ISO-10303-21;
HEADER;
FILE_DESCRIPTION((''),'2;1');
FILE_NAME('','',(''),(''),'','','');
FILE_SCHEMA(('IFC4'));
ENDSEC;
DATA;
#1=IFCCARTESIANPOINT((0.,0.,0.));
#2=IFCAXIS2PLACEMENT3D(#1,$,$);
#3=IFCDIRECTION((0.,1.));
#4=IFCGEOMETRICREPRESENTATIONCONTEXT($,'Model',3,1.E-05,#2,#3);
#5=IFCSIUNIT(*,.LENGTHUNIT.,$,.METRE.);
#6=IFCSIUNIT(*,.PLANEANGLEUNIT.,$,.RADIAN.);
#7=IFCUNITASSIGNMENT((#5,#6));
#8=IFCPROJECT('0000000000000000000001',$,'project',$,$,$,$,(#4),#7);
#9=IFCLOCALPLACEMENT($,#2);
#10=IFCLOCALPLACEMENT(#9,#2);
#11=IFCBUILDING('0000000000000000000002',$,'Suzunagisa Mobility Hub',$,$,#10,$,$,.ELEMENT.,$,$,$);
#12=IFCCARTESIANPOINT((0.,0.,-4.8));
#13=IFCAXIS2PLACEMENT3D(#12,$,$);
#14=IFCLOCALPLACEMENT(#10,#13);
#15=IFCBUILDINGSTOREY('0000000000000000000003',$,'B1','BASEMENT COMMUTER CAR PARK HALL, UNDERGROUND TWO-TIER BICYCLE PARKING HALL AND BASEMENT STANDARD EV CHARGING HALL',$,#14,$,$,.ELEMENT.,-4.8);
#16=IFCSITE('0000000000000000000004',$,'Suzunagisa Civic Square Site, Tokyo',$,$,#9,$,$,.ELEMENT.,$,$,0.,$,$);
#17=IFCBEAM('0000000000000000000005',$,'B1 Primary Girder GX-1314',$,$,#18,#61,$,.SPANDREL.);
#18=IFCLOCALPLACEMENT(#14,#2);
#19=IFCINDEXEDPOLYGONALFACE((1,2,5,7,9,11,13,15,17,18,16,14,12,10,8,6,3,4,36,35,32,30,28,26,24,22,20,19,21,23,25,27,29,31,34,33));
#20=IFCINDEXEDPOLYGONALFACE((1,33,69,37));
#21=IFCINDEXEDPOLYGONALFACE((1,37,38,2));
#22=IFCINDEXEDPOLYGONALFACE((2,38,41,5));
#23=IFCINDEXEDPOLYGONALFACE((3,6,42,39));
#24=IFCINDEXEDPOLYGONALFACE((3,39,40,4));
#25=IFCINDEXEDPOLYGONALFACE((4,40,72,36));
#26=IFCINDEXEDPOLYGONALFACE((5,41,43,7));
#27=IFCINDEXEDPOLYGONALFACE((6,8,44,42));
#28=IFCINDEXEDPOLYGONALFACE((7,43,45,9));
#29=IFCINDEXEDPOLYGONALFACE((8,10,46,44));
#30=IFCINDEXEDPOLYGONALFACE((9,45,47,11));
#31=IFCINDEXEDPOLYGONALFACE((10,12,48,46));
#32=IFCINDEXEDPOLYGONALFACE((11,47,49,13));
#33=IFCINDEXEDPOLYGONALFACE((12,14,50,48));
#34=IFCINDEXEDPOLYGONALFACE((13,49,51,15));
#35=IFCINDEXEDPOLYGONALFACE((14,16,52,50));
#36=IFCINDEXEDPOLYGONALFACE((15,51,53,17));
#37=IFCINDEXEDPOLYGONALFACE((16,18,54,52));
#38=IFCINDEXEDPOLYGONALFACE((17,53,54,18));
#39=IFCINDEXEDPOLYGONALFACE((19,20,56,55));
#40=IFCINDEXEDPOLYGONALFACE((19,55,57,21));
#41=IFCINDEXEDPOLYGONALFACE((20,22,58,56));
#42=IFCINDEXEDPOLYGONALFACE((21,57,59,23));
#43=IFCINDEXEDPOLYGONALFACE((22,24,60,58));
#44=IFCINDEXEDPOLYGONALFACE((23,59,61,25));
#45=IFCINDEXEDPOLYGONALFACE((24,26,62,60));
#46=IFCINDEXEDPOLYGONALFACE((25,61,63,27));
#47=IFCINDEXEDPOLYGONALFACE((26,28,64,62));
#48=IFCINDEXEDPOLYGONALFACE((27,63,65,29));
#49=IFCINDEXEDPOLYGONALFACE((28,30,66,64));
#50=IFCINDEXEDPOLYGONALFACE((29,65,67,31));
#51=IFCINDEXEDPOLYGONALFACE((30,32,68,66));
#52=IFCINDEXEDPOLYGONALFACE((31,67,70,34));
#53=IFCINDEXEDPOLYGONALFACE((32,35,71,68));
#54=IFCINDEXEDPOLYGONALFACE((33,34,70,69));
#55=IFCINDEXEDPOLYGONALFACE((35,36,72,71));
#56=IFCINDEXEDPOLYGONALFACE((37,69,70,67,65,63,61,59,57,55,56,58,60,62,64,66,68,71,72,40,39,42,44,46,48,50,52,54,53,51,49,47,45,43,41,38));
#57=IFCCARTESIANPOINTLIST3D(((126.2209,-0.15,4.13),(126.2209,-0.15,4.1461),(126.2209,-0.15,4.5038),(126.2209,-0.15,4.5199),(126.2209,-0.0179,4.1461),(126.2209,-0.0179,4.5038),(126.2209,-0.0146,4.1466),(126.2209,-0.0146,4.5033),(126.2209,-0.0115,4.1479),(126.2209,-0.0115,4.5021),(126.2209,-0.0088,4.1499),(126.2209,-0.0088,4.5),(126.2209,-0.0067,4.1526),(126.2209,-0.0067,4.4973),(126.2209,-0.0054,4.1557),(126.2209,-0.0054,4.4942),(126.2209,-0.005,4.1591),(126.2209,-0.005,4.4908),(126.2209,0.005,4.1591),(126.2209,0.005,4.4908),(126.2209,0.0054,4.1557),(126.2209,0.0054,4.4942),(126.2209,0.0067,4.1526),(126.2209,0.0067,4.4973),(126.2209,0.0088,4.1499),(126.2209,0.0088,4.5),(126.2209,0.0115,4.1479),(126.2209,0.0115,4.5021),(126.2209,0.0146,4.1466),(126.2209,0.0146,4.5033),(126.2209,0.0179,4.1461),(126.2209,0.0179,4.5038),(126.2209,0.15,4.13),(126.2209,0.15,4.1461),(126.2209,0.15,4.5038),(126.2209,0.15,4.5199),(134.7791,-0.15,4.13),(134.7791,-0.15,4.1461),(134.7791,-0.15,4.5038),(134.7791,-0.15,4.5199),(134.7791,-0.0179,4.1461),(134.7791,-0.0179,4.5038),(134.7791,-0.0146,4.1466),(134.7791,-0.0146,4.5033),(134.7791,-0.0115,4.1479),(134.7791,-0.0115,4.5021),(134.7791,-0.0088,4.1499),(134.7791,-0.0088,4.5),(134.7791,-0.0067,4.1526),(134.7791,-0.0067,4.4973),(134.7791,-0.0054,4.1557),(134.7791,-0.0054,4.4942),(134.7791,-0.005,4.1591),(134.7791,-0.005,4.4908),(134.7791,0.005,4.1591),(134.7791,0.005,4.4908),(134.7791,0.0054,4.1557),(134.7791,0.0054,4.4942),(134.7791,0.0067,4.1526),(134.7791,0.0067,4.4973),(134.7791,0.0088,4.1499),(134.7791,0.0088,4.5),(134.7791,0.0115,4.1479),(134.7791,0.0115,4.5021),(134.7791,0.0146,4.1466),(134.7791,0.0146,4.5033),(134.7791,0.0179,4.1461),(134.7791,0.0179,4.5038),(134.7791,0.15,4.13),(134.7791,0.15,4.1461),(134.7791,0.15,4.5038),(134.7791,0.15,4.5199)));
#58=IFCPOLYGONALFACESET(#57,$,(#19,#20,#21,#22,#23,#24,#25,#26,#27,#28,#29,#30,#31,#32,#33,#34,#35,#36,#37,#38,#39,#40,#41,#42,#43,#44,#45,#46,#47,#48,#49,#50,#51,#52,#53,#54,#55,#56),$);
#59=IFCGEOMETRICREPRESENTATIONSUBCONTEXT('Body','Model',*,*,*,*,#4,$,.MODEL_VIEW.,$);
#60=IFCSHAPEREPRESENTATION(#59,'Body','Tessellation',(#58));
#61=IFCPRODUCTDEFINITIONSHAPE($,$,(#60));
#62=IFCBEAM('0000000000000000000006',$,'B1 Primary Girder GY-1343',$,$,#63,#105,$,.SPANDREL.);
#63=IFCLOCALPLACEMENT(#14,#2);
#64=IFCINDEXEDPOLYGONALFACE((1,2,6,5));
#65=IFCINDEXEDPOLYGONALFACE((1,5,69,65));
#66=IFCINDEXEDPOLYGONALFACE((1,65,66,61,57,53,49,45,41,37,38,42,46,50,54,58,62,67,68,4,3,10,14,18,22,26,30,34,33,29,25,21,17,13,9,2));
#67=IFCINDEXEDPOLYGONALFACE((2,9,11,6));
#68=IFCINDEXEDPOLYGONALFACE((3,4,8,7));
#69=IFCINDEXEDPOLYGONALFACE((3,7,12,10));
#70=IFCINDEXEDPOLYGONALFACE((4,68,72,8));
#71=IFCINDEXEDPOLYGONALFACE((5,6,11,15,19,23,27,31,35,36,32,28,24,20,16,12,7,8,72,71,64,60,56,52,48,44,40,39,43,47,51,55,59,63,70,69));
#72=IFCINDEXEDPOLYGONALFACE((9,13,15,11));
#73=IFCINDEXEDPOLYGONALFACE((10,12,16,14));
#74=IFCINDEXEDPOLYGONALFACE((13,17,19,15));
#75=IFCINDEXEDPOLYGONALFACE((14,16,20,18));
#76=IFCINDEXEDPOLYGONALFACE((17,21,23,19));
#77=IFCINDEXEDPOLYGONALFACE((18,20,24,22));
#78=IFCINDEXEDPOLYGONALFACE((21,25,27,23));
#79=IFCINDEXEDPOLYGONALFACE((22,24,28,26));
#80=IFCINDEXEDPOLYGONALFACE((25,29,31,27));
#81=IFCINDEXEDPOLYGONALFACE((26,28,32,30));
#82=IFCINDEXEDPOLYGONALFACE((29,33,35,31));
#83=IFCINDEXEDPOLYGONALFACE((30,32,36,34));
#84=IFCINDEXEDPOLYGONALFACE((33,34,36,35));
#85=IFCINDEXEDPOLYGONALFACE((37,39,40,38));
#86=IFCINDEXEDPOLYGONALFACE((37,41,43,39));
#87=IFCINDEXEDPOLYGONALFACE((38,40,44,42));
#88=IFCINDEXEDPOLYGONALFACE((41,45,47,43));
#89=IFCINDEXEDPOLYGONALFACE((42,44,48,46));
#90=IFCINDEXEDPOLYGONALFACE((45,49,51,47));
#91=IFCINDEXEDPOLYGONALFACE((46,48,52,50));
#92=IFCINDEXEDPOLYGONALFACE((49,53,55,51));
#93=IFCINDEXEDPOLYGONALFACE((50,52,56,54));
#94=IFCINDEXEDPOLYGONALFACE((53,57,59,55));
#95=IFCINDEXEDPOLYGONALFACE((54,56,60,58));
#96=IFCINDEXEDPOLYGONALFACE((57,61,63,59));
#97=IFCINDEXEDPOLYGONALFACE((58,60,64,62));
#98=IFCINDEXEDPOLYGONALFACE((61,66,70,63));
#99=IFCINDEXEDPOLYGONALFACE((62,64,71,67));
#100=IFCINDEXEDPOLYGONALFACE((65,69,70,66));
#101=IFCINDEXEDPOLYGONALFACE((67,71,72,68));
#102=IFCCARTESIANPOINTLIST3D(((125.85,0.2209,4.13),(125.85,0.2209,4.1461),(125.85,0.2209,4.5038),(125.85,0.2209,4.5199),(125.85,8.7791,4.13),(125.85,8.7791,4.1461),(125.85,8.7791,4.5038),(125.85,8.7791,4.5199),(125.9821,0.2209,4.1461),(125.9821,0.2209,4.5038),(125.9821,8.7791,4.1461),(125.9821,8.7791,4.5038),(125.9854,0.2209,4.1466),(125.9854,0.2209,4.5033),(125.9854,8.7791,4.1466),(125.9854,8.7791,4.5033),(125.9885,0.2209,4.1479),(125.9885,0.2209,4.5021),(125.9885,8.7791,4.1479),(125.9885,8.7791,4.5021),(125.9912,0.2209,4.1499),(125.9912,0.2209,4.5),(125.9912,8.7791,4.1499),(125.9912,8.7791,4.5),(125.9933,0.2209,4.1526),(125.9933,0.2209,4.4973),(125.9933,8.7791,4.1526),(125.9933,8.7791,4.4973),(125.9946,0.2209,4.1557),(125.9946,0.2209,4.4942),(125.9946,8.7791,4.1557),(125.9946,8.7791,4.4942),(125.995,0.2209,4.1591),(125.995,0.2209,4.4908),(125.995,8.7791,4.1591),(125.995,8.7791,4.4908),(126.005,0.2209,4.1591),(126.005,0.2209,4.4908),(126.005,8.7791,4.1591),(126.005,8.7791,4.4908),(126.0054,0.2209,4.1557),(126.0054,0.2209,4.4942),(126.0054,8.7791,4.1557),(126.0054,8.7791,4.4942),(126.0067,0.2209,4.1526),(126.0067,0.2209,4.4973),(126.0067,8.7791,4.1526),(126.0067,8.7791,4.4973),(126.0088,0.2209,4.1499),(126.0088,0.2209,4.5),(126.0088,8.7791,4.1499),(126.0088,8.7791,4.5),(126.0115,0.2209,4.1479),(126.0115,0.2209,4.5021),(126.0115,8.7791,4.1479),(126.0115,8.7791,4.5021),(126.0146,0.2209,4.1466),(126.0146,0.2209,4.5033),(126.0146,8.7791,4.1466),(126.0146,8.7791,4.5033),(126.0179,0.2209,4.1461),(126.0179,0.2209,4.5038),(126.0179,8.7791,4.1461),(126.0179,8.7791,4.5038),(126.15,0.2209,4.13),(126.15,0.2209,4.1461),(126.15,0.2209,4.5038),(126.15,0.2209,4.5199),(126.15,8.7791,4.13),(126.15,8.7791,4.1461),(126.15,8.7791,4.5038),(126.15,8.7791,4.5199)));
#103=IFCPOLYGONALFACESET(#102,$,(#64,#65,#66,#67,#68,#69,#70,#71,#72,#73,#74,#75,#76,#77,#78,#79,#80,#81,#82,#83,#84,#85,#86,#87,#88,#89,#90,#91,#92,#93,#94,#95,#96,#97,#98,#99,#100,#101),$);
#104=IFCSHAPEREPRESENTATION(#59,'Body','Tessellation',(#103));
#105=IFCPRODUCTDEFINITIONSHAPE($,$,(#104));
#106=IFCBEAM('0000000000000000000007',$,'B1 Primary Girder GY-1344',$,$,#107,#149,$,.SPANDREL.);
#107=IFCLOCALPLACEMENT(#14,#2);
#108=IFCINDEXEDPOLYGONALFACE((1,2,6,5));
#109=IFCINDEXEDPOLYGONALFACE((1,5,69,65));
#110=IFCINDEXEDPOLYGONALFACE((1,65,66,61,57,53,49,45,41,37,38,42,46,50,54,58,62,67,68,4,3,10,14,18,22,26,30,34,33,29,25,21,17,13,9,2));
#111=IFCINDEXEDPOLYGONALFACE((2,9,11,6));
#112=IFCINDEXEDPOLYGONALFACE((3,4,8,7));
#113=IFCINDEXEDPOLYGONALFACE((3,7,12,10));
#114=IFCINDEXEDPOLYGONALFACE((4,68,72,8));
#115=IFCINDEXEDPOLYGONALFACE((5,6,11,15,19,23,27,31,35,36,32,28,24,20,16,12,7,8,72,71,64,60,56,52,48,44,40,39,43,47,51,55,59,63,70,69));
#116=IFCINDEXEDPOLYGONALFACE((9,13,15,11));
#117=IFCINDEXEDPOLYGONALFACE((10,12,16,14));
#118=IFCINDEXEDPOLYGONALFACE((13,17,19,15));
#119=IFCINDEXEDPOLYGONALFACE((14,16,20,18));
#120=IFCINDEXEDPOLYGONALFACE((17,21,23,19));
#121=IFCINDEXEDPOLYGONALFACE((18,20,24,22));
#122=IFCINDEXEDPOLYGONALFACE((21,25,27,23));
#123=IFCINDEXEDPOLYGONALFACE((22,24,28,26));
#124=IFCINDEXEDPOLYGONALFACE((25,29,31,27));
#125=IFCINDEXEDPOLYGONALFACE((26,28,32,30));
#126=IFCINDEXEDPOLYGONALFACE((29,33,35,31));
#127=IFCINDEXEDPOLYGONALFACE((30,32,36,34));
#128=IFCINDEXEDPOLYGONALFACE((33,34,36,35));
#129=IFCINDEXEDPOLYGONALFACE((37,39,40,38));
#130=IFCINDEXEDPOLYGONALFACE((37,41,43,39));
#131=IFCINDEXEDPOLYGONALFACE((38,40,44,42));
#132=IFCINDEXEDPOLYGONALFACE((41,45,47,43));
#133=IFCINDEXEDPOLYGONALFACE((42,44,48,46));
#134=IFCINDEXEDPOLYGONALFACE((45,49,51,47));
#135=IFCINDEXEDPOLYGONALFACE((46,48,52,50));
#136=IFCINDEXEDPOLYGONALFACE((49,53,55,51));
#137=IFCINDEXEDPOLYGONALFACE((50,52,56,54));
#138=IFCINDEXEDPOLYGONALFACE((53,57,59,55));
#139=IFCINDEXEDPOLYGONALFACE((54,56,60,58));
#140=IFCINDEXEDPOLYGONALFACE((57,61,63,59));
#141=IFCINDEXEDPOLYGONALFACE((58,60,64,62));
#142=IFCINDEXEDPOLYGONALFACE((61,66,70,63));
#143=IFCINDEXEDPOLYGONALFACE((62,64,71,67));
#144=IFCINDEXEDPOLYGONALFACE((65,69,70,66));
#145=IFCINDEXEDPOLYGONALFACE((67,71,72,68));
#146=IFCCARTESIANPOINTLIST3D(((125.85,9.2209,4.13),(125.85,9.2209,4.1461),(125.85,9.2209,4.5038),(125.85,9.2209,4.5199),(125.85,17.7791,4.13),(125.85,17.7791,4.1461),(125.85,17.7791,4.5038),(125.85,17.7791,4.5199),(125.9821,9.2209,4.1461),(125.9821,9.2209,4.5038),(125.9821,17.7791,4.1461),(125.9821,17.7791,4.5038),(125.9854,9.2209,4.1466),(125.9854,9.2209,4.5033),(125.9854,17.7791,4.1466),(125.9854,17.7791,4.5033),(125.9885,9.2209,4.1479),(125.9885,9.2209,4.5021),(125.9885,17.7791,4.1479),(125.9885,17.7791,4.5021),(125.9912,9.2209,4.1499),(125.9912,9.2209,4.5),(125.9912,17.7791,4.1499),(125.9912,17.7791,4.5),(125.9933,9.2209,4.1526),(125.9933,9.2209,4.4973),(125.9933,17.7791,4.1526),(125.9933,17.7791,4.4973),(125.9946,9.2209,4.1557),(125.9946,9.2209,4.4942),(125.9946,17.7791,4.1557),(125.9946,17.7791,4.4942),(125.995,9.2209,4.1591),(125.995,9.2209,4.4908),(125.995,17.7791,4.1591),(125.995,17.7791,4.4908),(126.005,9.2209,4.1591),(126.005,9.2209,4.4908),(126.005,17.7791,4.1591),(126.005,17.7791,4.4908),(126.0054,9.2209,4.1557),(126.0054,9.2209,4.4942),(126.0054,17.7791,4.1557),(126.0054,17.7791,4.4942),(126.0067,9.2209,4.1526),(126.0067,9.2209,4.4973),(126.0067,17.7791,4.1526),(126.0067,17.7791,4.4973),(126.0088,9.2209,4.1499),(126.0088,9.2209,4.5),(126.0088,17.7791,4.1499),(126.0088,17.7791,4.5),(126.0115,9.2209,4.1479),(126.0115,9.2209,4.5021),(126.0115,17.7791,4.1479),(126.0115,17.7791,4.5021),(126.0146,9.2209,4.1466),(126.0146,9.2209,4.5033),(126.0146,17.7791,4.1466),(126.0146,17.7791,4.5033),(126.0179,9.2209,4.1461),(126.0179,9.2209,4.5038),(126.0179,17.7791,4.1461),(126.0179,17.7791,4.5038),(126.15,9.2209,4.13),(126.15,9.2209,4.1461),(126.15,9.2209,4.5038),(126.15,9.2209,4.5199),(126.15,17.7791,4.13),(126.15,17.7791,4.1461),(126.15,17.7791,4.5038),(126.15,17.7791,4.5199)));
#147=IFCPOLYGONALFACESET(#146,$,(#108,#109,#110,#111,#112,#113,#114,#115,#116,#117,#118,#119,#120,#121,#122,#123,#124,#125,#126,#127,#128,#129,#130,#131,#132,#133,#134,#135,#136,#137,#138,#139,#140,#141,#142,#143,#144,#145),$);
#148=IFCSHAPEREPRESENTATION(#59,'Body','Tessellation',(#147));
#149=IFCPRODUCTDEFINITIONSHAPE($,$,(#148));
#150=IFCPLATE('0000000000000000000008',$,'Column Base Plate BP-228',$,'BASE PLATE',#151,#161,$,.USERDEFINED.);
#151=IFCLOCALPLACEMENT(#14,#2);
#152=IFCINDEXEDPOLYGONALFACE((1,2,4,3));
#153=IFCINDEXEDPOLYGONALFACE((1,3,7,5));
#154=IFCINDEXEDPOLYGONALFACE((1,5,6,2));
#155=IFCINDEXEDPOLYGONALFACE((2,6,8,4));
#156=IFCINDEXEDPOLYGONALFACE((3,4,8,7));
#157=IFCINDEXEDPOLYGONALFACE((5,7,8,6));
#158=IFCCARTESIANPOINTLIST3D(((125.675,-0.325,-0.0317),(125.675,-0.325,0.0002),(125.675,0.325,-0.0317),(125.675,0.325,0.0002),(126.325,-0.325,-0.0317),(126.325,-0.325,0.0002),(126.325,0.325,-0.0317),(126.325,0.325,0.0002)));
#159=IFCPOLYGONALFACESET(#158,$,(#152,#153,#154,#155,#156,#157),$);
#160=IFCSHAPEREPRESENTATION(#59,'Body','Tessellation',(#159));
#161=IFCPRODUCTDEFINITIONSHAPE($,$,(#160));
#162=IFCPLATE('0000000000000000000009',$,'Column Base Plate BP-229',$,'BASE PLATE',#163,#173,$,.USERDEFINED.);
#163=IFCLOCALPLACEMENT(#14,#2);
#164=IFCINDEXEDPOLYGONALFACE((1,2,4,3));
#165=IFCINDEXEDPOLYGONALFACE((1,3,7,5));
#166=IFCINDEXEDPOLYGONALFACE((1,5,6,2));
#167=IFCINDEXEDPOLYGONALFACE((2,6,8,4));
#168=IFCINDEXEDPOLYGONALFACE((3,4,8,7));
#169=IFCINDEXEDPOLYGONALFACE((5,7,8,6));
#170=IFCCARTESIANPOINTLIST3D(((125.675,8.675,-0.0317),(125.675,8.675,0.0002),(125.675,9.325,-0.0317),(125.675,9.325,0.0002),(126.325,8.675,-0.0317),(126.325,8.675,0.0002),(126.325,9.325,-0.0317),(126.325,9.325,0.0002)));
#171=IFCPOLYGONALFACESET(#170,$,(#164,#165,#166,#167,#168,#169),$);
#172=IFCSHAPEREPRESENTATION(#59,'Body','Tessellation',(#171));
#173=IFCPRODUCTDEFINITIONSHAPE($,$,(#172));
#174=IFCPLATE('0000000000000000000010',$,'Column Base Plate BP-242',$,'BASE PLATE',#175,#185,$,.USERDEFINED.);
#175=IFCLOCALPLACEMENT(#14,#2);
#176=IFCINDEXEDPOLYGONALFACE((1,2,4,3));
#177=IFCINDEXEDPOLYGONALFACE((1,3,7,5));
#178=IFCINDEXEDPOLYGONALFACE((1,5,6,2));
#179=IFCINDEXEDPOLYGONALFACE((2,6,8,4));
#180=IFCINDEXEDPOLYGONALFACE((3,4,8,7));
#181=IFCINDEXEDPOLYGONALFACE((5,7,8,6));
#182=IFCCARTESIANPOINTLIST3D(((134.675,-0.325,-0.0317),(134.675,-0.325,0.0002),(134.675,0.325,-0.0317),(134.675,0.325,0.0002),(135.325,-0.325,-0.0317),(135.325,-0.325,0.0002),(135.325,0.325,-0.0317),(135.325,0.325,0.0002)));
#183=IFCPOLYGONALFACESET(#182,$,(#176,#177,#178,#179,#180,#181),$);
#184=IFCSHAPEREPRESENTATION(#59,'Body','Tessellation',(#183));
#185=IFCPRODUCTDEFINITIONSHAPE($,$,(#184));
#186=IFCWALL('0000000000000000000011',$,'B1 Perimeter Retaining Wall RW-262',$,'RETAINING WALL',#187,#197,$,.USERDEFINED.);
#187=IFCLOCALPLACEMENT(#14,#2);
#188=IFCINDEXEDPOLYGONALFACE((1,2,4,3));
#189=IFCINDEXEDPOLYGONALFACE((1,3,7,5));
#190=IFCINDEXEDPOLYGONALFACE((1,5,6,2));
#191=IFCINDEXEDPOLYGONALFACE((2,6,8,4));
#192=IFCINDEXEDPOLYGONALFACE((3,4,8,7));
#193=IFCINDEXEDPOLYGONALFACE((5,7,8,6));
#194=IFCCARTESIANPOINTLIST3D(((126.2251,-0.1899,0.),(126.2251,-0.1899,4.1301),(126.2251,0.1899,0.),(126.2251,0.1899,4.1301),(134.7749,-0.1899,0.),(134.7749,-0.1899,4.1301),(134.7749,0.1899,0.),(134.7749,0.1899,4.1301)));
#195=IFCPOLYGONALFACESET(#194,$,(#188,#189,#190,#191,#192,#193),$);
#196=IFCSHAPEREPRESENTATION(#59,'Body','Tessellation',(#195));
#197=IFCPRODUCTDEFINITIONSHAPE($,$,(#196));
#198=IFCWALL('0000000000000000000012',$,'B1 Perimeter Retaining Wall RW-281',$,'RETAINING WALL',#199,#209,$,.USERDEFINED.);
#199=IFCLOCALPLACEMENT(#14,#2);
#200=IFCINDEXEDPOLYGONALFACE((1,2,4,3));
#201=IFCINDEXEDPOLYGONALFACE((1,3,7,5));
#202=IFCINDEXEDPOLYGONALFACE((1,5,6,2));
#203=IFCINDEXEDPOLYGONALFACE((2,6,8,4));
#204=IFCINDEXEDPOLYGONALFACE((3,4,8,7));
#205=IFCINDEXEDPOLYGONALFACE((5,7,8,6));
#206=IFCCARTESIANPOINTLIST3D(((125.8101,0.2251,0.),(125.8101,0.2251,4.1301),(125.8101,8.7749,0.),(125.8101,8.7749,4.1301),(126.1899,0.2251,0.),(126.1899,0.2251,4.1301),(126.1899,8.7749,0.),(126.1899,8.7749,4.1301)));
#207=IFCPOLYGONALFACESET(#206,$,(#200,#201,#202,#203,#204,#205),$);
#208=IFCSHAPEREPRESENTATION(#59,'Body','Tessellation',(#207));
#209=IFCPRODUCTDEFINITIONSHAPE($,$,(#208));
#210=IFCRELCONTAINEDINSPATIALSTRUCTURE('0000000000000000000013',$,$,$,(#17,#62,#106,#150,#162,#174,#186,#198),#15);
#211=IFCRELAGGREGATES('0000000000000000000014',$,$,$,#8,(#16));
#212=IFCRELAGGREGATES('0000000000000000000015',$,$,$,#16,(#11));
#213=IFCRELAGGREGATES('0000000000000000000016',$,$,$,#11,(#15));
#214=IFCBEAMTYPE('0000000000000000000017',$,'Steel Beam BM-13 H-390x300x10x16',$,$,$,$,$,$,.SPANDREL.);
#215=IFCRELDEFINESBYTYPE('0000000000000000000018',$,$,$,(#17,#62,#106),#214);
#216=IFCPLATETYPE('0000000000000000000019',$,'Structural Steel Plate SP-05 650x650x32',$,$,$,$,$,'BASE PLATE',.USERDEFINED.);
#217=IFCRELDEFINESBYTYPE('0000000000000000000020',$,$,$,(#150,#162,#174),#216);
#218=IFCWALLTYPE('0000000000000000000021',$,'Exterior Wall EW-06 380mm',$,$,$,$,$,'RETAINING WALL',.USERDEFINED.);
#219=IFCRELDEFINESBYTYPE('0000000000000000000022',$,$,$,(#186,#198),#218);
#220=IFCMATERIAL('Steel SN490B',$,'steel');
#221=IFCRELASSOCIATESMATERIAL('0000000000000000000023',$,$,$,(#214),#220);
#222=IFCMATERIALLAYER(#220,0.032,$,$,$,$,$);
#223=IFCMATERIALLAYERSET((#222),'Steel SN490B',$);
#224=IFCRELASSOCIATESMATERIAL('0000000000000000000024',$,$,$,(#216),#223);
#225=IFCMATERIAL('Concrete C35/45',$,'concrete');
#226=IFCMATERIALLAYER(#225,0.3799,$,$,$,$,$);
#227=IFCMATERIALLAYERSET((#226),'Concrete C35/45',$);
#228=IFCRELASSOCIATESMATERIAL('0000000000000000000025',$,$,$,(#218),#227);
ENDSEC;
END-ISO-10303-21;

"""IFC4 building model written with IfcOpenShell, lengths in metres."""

from ifc_helpers import new_model, si_unit, direction, frame, frame_2d, origin, origin_2d, place, context, subcontext, project, spatial, rectangle, i_section, extrude, material, layer, layer_set, material_profile, profile_set, type_object, element, save


model = new_model("IFC4")

# Units and contexts
model_context = context("Model", 3, precision=1e-05, world=origin(), true_north=direction((0.0, 1.0)))
body_context = subcontext(model_context, "Body", "Model", "MODEL_VIEW")
ifc_project = project(units=[si_unit("LENGTHUNIT", "METRE"), si_unit("PLANEANGLEUNIT", "RADIAN")], contexts=[model_context])

# Site, building, storey
site_placement = place(None, origin())
site = spatial("IfcSite", under=ifc_project, at=site_placement, Name="Suzunagisa Civic Square Site, Tokyo", CompositionType="ELEMENT", RefElevation=0.0)
building_placement = place(site_placement, origin())
building = spatial("IfcBuilding", under=site, at=building_placement, Name="Suzunagisa Mobility Hub", CompositionType="ELEMENT")
storey_placement = place(building_placement, frame((0.0, 0.0, -4.8)))
storey = spatial("IfcBuildingStorey", under=building, at=storey_placement, Name="B1", Description="BASEMENT COMMUTER CAR PARK HALL, UNDERGROUND TWO-TIER BICYCLE PARKING HALL AND BASEMENT STANDARD EV CHARGING HALL", CompositionType="ELEMENT", Elevation=-4.8)

# Shared definitions
ifc_material_1 = material(Name="Concrete C35/45", Category="concrete")

# Shared definitions
ifc_material_2 = material(Name="Steel SN490B", Category="steel")

# Beams
ifc_material_profile_1 = material_profile(ifc_material_2, i_section(OverallWidth=0.3, OverallDepth=0.3899, WebThickness=0.01, FlangeThickness=0.0161, FilletRadius=0.0129, at=origin_2d()), Name="H-390x300x10x16")
ifc_profile_set_1 = profile_set([ifc_material_profile_1], Name="Steel SN490B")
beam_type_1 = type_object("IfcBeamType", Name="Steel Beam BM-13 H-390x300x10x16", PredefinedType="SPANDREL", material=ifc_profile_set_1)
for number, where, z_axis, x_axis, name in (
    (1, (126.2209, 0.0, 4.325), (1.0, 0.0, 0.0), (0.0, 1.0, 0.0), "B1 Primary Girder GX-1314"),
    (2, (126.0, 0.2209, 4.325), (0.0, 1.0, 0.0), (-1.0, 0.0, 0.0), "B1 Primary Girder GY-1343"),
    (3, (126.0, 9.2209, 4.325), (0.0, 1.0, 0.0), (-1.0, 0.0, 0.0), "B1 Primary Girder GY-1344"),
):
    element("IfcBeam", number, at=place(storey_placement, frame(where, z_axis=z_axis, x_axis=x_axis)), inside=storey, type_object=beam_type_1, Name=name, PredefinedType="SPANDREL", context=body_context, shape_type="SweptSolid", body=[
        extrude(i_section(OverallWidth=0.3, OverallDepth=0.3899, WebThickness=0.01, FlangeThickness=0.0161, FilletRadius=0.0129, at=origin_2d()), origin(), (0.0, 0.0, 1.0), 8.5581),
    ])

# Plates
ifc_layer_1 = layer(ifc_material_2, 0.032)
ifc_layer_set_1 = layer_set([ifc_layer_1], Name="Steel SN490B")
plate_type = type_object("IfcPlateType", Name="Structural Steel Plate SP-05 650x650x32", ElementType="BASE PLATE", PredefinedType="USERDEFINED", material=ifc_layer_set_1)
for number, where, z_axis, x_axis, name in (
    (4, (126.0, 0.0, -0.0317), (0.0, 0.0, 1.0), (1.0, 0.0, 0.0), "Column Base Plate BP-228"),
    (5, (126.0, 9.0, -0.0317), (0.0, 0.0, 1.0), (1.0, 0.0, 0.0), "Column Base Plate BP-229"),
    (6, (135.0, 0.0, -0.0317), (0.0, 0.0, 1.0), (1.0, 0.0, 0.0), "Column Base Plate BP-242"),
):
    element("IfcPlate", number, at=place(storey_placement, frame(where, z_axis=z_axis, x_axis=x_axis)), inside=storey, type_object=plate_type, Name=name, ObjectType="BASE PLATE", PredefinedType="USERDEFINED", context=body_context, shape_type="SweptSolid", body=[
        extrude(rectangle(XDim=0.6499, YDim=0.6499, at=origin_2d()), origin(), (0.0, 0.0, 1.0), 0.032),
    ])

# Walls
ifc_layer_2 = layer(ifc_material_1, 0.3799)
ifc_layer_set_2 = layer_set([ifc_layer_2], Name="Concrete C35/45")
wall_type = type_object("IfcWallType", Name="Exterior Wall EW-06 380mm", ElementType="RETAINING WALL", PredefinedType="USERDEFINED", material=ifc_layer_set_2)
for number, where, z_axis, x_axis, name in (
    (7, (126.2251, 0.0, 0.0), (0.0, 0.0, 1.0), (1.0, 0.0, 0.0), "B1 Perimeter Retaining Wall RW-262"),
    (8, (126.0, 8.7749, 0.0), (0.0, 0.0, 1.0), (0.0, -1.0, 0.0), "B1 Perimeter Retaining Wall RW-281"),
):
    element("IfcWall", number, at=place(storey_placement, frame(where, z_axis=z_axis, x_axis=x_axis)), inside=storey, type_object=wall_type, Name=name, ObjectType="RETAINING WALL", PredefinedType="USERDEFINED", context=body_context, shape_type="SweptSolid", body=[
        extrude(rectangle(XDim=8.5498, YDim=0.3799, at=frame_2d((4.2749, 0.0))), origin(), (0.0, 0.0, 1.0), 4.1301),
    ])

save(model, "model.ifc")
